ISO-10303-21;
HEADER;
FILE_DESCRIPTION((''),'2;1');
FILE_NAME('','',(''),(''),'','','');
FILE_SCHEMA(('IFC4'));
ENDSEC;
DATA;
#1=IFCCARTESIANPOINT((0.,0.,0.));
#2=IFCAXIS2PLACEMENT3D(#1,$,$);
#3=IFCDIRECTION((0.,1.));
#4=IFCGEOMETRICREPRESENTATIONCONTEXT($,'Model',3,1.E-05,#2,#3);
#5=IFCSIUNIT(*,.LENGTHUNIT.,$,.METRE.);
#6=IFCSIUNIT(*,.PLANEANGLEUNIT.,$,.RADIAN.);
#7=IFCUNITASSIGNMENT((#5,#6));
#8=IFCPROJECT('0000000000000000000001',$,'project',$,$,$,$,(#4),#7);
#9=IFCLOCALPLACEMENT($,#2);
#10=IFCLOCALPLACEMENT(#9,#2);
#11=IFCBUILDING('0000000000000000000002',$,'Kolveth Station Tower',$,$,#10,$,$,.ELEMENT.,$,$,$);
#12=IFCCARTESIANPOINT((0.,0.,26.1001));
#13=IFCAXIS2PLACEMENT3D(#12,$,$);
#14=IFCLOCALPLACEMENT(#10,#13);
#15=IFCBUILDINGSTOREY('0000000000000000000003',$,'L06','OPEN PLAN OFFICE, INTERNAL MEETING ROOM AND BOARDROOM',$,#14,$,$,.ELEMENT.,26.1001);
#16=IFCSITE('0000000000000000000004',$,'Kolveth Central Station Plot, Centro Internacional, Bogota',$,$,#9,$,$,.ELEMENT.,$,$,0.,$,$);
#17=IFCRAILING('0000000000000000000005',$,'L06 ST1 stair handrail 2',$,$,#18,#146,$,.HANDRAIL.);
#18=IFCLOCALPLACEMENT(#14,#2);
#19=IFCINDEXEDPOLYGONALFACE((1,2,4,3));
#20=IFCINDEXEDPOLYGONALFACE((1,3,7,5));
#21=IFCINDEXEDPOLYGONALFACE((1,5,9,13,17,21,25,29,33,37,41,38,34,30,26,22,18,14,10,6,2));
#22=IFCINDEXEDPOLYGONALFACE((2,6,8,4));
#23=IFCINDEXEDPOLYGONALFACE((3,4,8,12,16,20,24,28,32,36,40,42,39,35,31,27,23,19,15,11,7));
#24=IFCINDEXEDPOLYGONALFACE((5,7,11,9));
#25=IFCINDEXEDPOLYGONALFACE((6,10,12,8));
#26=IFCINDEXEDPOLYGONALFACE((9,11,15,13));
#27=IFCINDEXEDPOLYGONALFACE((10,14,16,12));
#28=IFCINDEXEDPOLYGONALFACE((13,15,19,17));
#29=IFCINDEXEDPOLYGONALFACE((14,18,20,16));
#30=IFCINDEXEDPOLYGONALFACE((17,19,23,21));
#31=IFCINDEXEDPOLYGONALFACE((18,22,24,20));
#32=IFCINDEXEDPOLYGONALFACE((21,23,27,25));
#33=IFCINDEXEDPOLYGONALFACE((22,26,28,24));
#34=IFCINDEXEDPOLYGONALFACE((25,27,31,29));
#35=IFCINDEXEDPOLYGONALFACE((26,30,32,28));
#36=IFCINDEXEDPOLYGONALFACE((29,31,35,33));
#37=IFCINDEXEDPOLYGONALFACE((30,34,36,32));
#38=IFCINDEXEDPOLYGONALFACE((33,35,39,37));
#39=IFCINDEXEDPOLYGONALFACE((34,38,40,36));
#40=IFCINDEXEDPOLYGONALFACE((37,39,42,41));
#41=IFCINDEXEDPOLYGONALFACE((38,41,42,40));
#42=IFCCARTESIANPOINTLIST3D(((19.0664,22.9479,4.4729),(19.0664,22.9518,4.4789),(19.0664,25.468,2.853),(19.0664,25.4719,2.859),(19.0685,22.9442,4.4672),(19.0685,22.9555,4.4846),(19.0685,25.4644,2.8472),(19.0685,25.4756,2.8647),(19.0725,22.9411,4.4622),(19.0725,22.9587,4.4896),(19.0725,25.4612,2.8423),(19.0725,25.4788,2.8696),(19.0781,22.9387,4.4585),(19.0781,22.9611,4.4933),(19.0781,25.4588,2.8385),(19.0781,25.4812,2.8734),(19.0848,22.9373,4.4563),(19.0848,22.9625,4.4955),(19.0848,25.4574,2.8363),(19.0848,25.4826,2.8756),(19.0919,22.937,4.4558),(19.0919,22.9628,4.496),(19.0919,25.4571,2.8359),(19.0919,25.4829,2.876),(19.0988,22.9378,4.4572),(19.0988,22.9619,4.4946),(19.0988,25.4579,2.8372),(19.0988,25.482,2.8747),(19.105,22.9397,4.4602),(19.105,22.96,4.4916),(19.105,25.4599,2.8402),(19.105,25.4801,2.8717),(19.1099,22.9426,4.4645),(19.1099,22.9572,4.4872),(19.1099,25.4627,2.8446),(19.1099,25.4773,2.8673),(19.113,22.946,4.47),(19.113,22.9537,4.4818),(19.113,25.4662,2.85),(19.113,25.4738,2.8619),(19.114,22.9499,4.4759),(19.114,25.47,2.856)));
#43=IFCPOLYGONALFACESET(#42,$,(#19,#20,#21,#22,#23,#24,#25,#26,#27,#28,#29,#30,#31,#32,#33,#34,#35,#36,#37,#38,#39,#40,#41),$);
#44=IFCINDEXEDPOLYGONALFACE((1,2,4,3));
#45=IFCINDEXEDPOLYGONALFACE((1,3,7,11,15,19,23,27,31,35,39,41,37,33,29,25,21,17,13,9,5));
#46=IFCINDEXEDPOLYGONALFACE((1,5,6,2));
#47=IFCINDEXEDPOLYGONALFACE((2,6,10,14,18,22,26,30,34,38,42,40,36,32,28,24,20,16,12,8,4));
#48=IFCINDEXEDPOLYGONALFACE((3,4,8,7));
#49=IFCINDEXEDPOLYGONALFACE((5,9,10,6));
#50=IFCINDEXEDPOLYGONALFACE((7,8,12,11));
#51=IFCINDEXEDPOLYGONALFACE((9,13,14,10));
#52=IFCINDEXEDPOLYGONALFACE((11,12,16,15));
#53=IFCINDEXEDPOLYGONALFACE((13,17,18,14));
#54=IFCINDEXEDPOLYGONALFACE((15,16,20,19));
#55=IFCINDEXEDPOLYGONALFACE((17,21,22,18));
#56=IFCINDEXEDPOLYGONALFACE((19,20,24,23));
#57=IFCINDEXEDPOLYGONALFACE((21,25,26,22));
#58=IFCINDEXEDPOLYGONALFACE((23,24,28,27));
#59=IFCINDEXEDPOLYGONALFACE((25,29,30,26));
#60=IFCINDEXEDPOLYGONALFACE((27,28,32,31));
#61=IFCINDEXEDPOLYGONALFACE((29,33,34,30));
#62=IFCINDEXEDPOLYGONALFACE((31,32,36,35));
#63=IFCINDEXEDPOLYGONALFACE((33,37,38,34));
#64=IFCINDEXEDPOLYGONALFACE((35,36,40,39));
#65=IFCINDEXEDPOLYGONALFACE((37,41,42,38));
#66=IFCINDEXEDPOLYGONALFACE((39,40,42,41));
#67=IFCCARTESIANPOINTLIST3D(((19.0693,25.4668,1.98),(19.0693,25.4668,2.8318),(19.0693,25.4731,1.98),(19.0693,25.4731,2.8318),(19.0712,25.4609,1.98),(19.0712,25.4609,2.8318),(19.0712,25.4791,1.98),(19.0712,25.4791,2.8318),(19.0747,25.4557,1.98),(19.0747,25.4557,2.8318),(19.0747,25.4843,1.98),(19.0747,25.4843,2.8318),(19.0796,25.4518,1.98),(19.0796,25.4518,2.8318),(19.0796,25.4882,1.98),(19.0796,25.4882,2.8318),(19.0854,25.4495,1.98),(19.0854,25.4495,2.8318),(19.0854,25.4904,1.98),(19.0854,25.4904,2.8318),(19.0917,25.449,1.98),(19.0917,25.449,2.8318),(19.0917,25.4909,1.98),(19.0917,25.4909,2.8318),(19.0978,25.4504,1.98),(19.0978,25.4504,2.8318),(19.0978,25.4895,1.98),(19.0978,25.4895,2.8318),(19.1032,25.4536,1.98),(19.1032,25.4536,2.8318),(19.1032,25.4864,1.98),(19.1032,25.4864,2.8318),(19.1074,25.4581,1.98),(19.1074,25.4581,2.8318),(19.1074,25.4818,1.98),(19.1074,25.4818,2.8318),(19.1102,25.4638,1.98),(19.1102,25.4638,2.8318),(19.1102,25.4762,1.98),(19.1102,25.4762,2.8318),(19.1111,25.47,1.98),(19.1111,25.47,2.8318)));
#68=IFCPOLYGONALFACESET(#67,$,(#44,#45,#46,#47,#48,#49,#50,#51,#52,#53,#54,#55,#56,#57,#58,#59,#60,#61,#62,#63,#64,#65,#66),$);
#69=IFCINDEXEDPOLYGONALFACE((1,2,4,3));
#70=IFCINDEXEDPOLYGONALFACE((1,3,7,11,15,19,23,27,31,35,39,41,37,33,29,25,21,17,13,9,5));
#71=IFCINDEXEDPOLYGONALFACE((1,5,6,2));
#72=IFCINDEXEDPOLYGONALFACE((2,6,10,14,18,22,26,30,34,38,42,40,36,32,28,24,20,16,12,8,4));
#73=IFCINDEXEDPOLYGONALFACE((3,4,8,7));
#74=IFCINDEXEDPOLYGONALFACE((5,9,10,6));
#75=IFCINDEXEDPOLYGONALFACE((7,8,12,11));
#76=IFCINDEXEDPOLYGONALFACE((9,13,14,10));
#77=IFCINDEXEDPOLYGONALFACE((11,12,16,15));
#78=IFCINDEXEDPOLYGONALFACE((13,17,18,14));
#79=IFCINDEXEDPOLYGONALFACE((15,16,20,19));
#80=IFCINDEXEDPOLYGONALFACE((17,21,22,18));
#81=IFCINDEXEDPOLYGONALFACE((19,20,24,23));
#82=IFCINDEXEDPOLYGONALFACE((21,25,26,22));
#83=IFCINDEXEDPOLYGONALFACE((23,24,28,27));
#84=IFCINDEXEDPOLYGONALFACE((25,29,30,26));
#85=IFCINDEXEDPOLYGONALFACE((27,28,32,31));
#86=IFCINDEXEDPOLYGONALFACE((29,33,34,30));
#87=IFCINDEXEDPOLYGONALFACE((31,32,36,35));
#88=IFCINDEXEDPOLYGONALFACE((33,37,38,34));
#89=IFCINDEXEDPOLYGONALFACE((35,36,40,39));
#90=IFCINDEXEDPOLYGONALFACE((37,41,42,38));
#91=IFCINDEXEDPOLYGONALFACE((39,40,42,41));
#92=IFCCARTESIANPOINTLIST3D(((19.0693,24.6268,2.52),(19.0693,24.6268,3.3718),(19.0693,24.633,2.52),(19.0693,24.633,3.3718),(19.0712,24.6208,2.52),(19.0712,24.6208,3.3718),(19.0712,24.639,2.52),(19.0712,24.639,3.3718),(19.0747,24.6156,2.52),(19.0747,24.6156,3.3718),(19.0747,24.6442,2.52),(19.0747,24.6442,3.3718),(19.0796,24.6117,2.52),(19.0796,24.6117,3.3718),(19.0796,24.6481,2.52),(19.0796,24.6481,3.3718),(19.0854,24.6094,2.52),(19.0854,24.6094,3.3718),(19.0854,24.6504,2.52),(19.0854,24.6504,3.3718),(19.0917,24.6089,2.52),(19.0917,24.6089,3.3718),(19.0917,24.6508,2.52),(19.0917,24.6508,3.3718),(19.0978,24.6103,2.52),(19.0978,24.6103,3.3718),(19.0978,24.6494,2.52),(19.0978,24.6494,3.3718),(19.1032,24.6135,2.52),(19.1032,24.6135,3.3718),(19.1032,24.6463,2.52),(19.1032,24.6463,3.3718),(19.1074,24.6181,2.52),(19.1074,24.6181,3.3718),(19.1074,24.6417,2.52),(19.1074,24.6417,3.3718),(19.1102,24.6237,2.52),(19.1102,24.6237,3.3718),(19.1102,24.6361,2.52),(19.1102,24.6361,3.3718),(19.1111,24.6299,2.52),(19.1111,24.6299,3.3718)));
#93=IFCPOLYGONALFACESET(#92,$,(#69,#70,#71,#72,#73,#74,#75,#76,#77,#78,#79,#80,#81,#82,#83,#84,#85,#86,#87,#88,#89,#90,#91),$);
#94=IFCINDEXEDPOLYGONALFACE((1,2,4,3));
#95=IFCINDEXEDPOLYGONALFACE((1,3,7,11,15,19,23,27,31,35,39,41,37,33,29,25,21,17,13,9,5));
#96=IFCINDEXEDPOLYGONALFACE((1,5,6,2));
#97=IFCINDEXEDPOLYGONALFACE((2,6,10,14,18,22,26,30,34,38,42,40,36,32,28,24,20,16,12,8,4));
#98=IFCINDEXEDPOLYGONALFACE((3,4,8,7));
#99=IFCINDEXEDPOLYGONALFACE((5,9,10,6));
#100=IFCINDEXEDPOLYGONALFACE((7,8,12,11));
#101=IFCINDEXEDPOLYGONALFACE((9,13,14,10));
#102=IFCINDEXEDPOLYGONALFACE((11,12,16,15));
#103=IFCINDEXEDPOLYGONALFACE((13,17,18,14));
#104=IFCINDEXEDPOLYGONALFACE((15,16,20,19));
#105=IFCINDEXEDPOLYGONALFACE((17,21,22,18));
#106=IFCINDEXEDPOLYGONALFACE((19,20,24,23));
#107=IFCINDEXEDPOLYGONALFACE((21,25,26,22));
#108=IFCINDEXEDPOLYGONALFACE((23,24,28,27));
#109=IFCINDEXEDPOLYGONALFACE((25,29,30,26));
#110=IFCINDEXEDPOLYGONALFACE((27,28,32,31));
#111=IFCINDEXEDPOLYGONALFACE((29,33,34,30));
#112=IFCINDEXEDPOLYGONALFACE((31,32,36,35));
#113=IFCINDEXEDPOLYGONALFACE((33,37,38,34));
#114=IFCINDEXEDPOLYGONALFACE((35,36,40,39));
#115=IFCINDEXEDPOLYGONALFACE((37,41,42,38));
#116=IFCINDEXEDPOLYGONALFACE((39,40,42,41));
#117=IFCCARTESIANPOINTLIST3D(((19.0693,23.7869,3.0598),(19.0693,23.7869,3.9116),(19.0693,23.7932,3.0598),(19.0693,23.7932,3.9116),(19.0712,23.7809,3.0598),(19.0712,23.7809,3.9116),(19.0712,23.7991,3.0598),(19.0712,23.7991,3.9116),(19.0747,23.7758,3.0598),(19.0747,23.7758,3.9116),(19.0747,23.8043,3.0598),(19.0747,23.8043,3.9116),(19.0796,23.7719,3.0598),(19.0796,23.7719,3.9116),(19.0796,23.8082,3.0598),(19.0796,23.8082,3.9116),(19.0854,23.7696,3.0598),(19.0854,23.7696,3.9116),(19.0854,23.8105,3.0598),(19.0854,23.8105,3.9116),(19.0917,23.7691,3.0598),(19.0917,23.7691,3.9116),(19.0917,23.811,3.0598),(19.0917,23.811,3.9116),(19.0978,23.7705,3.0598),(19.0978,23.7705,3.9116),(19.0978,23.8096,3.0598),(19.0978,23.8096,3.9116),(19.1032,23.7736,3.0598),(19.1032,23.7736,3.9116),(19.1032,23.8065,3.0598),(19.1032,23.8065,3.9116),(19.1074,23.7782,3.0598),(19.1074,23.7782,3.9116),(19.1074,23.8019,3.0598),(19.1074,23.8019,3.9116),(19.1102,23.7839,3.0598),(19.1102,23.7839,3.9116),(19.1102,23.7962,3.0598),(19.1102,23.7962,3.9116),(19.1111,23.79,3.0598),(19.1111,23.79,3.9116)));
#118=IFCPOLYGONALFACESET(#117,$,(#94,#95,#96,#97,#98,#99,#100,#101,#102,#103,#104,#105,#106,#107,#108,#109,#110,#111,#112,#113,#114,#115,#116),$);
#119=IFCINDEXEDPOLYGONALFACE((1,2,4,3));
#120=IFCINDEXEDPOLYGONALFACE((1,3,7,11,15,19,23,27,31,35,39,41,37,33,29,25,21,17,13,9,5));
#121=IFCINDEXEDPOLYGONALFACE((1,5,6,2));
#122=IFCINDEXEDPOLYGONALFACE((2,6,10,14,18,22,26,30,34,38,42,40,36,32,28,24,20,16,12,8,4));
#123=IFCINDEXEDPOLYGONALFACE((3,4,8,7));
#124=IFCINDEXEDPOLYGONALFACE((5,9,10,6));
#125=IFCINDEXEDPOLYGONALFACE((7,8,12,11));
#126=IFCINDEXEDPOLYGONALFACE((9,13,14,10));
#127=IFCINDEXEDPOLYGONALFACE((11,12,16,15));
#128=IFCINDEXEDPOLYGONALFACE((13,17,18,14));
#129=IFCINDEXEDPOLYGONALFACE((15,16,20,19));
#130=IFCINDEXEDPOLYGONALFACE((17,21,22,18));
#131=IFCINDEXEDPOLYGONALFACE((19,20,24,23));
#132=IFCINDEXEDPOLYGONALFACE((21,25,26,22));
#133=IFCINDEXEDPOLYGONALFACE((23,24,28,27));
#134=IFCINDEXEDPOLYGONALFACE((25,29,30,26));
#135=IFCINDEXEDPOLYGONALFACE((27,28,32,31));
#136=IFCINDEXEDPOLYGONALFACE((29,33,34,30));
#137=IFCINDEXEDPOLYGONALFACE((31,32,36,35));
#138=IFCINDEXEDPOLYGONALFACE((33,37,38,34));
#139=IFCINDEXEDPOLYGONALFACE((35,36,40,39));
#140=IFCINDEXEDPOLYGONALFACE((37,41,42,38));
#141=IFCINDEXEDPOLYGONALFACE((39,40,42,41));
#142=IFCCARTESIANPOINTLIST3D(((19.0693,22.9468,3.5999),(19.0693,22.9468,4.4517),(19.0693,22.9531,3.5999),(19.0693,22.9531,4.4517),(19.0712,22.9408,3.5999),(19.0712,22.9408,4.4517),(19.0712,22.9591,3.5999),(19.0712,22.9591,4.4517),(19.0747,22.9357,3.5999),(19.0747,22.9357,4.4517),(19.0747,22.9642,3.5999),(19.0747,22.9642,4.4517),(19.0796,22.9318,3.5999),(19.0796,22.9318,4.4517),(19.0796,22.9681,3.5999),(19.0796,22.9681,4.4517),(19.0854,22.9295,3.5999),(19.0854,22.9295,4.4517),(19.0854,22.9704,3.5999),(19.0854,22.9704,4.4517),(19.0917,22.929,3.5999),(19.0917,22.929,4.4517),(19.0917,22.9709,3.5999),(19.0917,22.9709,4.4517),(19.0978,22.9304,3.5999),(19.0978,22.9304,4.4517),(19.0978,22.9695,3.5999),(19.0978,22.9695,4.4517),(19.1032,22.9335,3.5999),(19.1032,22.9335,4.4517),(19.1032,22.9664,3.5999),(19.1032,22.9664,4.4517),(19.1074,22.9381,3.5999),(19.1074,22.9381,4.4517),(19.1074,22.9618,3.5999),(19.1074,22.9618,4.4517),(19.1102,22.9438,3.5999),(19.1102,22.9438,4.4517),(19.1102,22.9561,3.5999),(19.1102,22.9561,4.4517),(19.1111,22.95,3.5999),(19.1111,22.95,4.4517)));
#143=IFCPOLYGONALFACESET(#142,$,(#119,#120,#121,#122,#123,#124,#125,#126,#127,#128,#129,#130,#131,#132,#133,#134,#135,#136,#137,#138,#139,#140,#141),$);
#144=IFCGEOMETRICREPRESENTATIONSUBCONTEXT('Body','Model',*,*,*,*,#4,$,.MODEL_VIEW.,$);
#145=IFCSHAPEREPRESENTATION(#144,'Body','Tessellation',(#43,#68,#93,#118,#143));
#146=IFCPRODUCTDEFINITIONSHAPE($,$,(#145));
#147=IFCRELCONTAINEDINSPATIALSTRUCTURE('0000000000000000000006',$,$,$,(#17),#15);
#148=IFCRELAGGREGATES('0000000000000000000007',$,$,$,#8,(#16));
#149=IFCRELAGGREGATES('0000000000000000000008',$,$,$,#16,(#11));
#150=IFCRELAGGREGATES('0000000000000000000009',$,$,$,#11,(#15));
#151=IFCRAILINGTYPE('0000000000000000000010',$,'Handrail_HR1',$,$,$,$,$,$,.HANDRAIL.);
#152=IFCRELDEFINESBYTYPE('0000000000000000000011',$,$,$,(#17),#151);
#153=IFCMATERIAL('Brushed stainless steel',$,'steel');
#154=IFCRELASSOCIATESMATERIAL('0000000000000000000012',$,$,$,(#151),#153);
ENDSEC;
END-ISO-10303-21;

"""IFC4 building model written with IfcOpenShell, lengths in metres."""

from ifc_helpers import new_model, si_unit, direction, frame, origin, origin_2d, place, context, subcontext, project, spatial, circle, extrude, material, type_object, element, save


model = new_model("IFC4")

# Units and contexts
model_context = context("Model", 3, precision=1e-05, world=origin(), true_north=direction((0.0, 1.0)))
body_context = subcontext(model_context, "Body", "Model", "MODEL_VIEW")
ifc_project = project(units=[si_unit("LENGTHUNIT", "METRE"), si_unit("PLANEANGLEUNIT", "RADIAN")], contexts=[model_context])

# Site, building, storey
site_placement = place(None, origin())
site = spatial("IfcSite", under=ifc_project, at=site_placement, Name="Kolveth Central Station Plot, Centro Internacional, Bogota", CompositionType="ELEMENT", RefElevation=0.0)
building_placement = place(site_placement, origin())
building = spatial("IfcBuilding", under=site, at=building_placement, Name="Kolveth Station Tower", CompositionType="ELEMENT")
storey_placement = place(building_placement, frame((0.0, 0.0, 26.1001)))
storey = spatial("IfcBuildingStorey", under=building, at=storey_placement, Name="L06", Description="OPEN PLAN OFFICE, INTERNAL MEETING ROOM AND BOARDROOM", CompositionType="ELEMENT", Elevation=26.1001)

# Railing
ifc_material_1 = material(Name="Brushed stainless steel", Category="steel")
railing_type_1 = type_object("IfcRailingType", Name="Handrail_HR1", PredefinedType="HANDRAIL", material=ifc_material_1)
railing_1_placement = place(storey_placement, frame((19.0901, 25.47, 1.98)))
element("IfcRailing", 1, at=railing_1_placement, inside=storey, type_object=railing_type_1, Name="L06 ST1 stair handrail 2", PredefinedType="HANDRAIL", context=body_context, shape_type="SweptSolid", body=[
    extrude(circle(Radius=0.0239, at=origin_2d()), frame((0.0, 0.0, 0.876), z_axis=(0.0, -0.8412, 0.540725), x_axis=(1.0, 0.0, 0.0)), (0.0, 0.0, 1.0), 2.9958),
    extrude(circle(Radius=0.021, at=origin_2d()), origin(), (0.0, 0.0, 1.0), 0.8518),
    extrude(circle(Radius=0.021, at=origin_2d()), frame((0.0, -0.8401, 0.54)), (0.0, 0.0, 1.0), 0.8518),
    extrude(circle(Radius=0.021, at=origin_2d()), frame((0.0, -1.6799, 1.0798)), (0.0, 0.0, 1.0), 0.8518),
    extrude(circle(Radius=0.021, at=origin_2d()), frame((0.0, -2.52, 1.6199)), (0.0, 0.0, 1.0), 0.8518),
])

save(model, "model.ifc")
